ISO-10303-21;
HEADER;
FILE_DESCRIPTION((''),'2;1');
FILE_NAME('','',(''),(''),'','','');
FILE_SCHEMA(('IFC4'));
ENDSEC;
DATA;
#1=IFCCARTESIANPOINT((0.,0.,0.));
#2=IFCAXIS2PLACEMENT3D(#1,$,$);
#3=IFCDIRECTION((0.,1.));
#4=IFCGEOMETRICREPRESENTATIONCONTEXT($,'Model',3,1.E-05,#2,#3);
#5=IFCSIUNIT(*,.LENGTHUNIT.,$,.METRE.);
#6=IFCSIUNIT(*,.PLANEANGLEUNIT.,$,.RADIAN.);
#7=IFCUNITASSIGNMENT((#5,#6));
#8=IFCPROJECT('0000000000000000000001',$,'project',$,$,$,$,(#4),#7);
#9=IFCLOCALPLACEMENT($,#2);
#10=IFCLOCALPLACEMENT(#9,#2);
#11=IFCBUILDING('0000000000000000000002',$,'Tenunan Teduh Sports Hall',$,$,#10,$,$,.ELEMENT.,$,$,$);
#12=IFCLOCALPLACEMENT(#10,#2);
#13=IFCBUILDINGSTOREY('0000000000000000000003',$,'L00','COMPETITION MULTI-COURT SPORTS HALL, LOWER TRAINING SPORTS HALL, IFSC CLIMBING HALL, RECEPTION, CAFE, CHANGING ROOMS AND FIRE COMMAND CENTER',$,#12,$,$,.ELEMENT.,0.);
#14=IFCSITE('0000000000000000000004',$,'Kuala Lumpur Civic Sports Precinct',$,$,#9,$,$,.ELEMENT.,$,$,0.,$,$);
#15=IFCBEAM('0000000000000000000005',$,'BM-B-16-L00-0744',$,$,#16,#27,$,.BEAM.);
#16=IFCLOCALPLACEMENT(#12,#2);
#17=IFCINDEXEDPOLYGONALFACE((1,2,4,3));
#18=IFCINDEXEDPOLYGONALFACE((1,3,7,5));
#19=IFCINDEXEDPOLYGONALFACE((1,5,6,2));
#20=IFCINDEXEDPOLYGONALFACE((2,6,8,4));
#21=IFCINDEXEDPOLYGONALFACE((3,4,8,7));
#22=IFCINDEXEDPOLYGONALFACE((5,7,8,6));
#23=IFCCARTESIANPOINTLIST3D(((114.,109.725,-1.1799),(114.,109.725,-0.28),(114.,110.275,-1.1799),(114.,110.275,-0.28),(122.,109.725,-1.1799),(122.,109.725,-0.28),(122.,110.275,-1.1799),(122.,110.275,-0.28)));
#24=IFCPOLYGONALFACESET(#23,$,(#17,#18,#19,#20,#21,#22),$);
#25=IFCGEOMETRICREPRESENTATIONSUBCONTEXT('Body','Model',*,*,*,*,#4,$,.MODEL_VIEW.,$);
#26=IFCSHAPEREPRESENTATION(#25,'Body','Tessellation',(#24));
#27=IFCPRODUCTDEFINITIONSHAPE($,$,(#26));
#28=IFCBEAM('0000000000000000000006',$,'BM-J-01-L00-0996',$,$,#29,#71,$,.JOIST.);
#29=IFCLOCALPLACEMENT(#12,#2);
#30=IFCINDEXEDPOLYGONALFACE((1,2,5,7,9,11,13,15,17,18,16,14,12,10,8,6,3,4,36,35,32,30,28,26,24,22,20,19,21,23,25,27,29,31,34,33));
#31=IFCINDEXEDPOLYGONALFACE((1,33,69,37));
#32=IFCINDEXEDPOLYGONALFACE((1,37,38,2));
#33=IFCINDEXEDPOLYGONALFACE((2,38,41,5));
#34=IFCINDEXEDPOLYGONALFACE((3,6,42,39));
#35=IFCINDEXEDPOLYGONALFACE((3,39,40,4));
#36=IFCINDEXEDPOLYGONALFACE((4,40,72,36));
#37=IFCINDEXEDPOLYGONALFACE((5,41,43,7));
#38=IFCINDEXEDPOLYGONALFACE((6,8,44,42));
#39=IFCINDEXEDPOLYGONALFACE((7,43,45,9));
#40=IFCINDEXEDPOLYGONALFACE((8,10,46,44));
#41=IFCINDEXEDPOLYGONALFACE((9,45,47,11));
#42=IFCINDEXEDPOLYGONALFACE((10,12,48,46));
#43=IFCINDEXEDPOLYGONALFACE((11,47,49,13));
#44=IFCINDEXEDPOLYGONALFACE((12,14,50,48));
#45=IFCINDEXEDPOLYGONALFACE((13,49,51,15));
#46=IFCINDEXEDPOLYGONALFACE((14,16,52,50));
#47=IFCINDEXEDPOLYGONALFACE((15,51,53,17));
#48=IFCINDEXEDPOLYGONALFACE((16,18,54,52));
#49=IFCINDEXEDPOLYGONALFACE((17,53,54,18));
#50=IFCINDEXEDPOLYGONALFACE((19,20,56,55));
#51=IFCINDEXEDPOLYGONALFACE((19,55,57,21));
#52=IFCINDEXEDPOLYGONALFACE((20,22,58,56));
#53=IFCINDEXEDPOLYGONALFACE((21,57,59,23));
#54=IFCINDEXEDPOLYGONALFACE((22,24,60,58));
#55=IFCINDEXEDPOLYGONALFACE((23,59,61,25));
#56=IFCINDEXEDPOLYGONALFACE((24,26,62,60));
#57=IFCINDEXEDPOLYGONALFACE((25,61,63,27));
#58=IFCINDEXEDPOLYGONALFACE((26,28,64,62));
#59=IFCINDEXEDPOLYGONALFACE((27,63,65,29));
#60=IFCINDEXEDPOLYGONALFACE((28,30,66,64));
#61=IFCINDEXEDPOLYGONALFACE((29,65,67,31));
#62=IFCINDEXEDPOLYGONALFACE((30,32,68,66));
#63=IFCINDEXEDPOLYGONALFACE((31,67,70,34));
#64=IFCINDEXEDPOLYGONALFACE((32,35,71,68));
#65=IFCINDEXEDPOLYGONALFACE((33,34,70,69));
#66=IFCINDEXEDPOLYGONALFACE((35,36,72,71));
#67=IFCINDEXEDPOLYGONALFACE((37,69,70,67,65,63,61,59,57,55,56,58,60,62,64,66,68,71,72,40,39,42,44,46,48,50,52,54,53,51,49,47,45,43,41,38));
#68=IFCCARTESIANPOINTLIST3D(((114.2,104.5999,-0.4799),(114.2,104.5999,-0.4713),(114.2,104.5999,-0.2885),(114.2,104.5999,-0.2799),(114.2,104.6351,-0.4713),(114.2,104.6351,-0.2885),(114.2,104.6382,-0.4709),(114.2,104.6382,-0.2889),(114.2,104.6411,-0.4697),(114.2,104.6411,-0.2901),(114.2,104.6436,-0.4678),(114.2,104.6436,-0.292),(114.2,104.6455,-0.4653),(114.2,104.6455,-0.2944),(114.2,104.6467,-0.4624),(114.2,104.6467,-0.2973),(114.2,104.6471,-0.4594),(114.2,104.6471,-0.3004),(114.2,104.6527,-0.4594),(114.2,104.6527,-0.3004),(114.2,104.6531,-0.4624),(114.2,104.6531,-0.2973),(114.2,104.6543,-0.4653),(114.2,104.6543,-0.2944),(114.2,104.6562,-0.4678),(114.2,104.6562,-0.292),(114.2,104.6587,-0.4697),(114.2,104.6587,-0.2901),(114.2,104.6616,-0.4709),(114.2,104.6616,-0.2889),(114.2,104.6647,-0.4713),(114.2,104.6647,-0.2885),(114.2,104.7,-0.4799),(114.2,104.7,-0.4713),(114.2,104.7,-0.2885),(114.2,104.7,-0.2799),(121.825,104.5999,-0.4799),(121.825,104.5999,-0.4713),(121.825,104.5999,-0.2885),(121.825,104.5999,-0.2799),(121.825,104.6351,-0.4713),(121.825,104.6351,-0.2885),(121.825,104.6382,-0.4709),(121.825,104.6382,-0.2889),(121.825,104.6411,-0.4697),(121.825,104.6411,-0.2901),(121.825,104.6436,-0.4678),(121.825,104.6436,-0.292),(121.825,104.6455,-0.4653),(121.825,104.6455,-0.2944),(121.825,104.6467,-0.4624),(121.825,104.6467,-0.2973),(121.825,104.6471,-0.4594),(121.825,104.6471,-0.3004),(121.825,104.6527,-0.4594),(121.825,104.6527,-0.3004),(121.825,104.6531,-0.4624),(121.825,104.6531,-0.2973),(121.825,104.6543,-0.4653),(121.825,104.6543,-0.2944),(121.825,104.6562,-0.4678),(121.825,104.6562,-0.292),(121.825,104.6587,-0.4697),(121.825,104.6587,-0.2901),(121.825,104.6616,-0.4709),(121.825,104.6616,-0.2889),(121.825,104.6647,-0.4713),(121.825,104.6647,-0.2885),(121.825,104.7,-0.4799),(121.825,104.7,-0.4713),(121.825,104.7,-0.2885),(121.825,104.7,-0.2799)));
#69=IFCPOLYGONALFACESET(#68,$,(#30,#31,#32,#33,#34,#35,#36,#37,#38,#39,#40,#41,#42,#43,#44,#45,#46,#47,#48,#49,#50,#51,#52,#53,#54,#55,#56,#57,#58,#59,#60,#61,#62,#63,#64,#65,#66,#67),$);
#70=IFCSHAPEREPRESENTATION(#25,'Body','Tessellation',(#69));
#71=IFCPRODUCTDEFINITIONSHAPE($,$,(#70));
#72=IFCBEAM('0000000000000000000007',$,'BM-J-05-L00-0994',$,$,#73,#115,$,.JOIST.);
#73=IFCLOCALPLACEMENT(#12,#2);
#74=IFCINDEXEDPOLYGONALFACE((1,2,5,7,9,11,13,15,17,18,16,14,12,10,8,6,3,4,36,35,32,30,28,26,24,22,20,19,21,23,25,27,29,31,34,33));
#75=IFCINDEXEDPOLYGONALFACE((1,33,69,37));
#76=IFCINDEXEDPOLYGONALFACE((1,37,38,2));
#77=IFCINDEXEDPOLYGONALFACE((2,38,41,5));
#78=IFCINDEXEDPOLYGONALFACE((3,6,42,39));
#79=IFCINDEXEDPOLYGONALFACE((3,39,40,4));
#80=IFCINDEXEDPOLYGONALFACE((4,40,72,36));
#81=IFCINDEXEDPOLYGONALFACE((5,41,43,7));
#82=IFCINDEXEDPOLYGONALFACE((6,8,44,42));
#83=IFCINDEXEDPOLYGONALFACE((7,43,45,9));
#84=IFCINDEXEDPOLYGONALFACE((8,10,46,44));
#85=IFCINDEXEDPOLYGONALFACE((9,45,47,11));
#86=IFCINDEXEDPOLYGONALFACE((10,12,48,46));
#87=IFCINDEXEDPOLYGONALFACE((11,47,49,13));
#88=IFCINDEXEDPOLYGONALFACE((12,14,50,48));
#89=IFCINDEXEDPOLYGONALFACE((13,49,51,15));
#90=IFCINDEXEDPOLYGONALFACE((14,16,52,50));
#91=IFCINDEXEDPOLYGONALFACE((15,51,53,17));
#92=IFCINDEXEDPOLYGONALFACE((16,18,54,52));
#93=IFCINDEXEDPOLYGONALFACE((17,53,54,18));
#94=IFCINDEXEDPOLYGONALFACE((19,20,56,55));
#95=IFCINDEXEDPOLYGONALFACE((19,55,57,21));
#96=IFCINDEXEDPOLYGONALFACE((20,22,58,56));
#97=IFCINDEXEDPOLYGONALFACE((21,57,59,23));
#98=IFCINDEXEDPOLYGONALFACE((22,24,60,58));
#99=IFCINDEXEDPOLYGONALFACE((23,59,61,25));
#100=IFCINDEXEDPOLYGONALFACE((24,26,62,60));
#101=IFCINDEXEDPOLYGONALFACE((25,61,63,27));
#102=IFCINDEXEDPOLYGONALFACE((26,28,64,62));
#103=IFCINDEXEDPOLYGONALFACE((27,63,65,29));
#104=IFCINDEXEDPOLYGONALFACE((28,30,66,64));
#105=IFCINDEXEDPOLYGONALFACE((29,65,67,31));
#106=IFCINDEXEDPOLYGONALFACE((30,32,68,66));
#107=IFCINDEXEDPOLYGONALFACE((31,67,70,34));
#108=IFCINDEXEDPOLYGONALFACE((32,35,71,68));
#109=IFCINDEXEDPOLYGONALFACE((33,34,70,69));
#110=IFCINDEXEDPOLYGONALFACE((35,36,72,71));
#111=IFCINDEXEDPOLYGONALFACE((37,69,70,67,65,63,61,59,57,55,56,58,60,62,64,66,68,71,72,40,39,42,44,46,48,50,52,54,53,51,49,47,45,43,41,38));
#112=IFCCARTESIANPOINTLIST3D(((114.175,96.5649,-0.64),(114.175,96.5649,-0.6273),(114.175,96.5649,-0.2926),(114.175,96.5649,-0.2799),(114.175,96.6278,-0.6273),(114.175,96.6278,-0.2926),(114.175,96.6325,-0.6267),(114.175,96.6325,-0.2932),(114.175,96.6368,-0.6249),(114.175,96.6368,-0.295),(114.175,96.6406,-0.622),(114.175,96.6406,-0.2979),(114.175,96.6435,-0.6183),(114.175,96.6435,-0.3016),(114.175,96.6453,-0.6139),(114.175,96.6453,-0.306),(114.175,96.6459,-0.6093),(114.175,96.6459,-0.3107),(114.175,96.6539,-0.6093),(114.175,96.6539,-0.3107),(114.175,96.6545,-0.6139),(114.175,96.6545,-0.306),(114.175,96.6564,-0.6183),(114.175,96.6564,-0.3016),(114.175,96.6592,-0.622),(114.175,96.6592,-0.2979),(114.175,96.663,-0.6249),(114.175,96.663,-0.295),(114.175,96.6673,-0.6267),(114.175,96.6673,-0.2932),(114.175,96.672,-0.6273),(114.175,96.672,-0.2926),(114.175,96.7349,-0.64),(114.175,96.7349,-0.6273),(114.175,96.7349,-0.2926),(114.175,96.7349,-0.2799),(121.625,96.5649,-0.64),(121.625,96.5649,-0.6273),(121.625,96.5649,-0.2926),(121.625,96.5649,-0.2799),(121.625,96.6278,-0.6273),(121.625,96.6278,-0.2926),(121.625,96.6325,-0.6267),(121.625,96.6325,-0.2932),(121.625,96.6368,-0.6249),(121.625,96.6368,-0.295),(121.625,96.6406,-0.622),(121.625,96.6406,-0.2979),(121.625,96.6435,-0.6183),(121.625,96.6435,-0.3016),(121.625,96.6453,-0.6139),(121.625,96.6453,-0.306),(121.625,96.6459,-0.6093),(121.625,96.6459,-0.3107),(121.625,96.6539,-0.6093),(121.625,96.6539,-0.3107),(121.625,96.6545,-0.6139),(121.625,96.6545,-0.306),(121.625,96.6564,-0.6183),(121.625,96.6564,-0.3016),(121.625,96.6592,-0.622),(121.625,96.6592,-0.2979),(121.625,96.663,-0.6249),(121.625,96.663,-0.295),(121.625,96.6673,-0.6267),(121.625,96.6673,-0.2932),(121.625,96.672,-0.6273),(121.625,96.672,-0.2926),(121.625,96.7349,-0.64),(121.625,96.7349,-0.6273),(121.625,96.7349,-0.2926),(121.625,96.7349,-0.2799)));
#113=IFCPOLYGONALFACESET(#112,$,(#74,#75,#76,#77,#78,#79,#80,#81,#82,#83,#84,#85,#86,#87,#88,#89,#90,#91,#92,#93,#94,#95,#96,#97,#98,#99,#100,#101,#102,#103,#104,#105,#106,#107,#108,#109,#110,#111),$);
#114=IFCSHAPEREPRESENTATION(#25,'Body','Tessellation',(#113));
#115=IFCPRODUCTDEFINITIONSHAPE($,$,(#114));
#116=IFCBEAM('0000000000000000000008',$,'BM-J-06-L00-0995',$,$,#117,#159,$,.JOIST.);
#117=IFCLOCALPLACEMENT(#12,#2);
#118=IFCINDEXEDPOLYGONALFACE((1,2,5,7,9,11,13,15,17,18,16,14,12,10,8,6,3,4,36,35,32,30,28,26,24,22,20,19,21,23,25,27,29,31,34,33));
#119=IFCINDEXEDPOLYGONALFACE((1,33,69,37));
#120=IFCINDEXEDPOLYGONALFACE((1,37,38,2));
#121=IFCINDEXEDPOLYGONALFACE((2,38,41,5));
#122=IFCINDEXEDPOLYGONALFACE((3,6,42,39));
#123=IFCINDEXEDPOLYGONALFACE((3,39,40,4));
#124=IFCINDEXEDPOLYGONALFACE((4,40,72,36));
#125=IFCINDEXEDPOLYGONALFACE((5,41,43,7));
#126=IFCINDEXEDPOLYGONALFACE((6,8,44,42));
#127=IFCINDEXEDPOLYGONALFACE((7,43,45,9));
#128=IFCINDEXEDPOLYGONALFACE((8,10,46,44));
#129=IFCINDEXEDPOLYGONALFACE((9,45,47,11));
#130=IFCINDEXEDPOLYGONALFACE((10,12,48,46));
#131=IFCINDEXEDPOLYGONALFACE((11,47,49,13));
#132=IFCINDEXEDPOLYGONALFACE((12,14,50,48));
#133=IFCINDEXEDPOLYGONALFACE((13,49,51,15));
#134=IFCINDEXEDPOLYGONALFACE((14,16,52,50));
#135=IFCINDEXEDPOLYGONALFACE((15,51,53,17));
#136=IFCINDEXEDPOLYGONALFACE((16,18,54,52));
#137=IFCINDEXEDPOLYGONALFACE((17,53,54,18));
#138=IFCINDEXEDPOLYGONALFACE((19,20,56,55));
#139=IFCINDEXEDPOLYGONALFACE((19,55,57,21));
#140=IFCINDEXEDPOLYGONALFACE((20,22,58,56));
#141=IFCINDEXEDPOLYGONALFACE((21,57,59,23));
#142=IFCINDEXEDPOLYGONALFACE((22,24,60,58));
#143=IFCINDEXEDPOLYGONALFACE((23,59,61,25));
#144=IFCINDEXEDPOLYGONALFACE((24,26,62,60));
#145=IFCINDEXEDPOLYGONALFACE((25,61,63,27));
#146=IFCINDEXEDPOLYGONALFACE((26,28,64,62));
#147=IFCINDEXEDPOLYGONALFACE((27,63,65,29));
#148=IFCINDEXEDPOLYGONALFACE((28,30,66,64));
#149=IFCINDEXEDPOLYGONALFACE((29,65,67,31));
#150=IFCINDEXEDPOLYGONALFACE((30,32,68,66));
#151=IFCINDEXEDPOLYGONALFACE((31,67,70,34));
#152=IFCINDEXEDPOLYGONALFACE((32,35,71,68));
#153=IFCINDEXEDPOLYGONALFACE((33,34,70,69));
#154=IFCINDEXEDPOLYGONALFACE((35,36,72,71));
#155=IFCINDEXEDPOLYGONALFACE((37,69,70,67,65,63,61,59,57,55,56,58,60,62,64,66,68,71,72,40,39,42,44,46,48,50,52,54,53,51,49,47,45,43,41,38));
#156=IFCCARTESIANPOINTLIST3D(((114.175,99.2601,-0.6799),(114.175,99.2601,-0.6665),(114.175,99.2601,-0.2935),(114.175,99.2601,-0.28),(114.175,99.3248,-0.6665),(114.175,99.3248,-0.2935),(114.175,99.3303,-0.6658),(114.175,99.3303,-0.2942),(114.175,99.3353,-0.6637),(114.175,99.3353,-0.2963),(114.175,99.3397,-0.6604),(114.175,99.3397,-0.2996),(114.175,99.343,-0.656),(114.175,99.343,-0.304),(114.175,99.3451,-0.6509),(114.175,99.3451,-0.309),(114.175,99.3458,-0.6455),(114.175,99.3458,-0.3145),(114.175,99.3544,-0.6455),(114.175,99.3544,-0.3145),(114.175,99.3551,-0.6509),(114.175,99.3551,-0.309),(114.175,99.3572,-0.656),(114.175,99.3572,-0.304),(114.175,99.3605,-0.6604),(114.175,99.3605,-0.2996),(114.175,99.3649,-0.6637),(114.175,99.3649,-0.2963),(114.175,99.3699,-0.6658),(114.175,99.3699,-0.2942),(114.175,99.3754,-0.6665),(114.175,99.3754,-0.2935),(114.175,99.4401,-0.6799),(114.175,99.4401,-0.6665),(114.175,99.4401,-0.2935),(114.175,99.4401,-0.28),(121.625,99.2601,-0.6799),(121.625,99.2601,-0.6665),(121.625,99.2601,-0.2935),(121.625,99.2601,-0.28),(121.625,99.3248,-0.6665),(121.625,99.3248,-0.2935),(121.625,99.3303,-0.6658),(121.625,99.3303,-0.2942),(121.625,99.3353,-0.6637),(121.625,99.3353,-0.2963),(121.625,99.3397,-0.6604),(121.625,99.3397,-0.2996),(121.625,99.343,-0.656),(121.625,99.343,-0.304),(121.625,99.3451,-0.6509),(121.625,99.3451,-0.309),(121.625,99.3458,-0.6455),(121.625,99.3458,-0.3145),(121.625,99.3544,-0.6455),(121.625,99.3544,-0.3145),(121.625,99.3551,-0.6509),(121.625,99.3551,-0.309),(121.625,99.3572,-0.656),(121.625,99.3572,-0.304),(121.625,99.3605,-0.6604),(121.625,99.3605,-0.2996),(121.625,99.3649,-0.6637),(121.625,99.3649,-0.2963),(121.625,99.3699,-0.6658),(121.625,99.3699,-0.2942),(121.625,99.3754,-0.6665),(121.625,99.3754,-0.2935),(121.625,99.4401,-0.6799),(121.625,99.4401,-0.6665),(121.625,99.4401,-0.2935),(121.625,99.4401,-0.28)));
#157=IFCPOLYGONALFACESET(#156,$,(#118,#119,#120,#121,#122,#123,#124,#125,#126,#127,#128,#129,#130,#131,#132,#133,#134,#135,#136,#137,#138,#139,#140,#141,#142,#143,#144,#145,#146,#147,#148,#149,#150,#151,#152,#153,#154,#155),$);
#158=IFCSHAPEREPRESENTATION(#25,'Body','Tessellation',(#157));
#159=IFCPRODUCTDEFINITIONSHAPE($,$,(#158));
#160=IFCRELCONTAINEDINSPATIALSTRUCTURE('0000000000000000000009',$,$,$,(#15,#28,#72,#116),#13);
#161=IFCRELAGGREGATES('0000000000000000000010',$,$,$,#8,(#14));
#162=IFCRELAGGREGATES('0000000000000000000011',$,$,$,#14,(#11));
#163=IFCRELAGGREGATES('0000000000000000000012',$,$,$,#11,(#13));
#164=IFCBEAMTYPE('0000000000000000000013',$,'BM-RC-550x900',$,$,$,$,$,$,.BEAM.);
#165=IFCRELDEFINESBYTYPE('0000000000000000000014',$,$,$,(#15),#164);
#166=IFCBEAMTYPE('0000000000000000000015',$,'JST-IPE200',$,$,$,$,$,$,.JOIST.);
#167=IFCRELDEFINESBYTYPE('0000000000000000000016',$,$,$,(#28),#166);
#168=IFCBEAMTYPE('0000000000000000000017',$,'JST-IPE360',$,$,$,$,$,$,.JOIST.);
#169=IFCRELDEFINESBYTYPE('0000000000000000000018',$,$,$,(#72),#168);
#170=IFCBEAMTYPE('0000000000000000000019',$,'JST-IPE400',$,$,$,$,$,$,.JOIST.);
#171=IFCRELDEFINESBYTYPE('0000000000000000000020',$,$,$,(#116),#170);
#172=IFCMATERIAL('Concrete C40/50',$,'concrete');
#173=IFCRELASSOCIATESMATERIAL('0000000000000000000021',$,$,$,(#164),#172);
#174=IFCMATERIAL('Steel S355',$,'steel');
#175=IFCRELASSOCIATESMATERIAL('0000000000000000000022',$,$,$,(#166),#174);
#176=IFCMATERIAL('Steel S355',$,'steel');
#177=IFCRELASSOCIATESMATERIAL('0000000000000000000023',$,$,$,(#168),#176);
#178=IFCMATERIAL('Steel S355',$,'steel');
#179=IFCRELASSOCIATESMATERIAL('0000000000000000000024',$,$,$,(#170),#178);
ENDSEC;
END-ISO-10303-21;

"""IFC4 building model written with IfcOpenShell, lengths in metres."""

from ifc_helpers import new_model, si_unit, direction, frame, origin, origin_2d, place, context, subcontext, project, spatial, rectangle, i_section, extrude, material, material_profile, profile_set, type_object, element, save


model = new_model("IFC4")

# Units and contexts
model_context = context("Model", 3, precision=1e-05, world=origin(), true_north=direction((0.0, 1.0)))
body_context = subcontext(model_context, "Body", "Model", "MODEL_VIEW")
ifc_project = project(units=[si_unit("LENGTHUNIT", "METRE"), si_unit("PLANEANGLEUNIT", "RADIAN")], contexts=[model_context])

# Site, building, storey
site_placement = place(None, origin())
site = spatial("IfcSite", under=ifc_project, at=site_placement, Name="Kuala Lumpur Civic Sports Precinct", CompositionType="ELEMENT", RefElevation=0.0)
building_placement = place(site_placement, origin())
building = spatial("IfcBuilding", under=site, at=building_placement, Name="Tenunan Teduh Sports Hall", CompositionType="ELEMENT")
storey_placement = place(building_placement, origin())
storey = spatial("IfcBuildingStorey", under=building, at=storey_placement, Name="L00", Description="COMPETITION MULTI-COURT SPORTS HALL, LOWER TRAINING SPORTS HALL, IFSC CLIMBING HALL, RECEPTION, CAFE, CHANGING ROOMS AND FIRE COMMAND CENTER", CompositionType="ELEMENT", Elevation=0.0)

# Beams
ifc_material_1 = material(Name="Concrete C40/50", Category="concrete")
ifc_material_profile_1 = material_profile(ifc_material_1, rectangle(XDim=0.55, YDim=0.8999, at=origin_2d()), Name="RCB 550x900")
ifc_profile_set_1 = profile_set([ifc_material_profile_1], Name="Concrete C40/50")
beam_type_1 = type_object("IfcBeamType", Name="BM-RC-550x900", PredefinedType="BEAM", material=ifc_profile_set_1)
beam_1_placement = place(storey_placement, frame((114.0, 110.0, -0.73), z_axis=(1.0, 0.0, 0.0), x_axis=(0.0, 1.0, 0.0)))
element("IfcBeam", 1, at=beam_1_placement, inside=storey, type_object=beam_type_1, Name="BM-B-16-L00-0744", PredefinedType="BEAM", context=body_context, shape_type="SweptSolid", body=[
    extrude(rectangle(XDim=0.55, YDim=0.8999, at=origin_2d()), origin(), (0.0, 0.0, 1.0), 8.0),
])
ifc_material_2 = material(Name="Steel S355", Category="steel")
ifc_material_profile_2 = material_profile(ifc_material_2, i_section(OverallWidth=0.1001, OverallDepth=0.2, WebThickness=0.0056, FlangeThickness=0.0085, FilletRadius=0.012, at=origin_2d()), Name="IPE 200")
ifc_profile_set_2 = profile_set([ifc_material_profile_2], Name="Steel S355")
beam_type_2 = type_object("IfcBeamType", Name="JST-IPE200", PredefinedType="JOIST", material=ifc_profile_set_2)
beam_2_placement = place(storey_placement, frame((114.2, 104.6499, -0.3799), z_axis=(1.0, 0.0, 0.0), x_axis=(0.0, 1.0, 0.0)))
element("IfcBeam", 2, at=beam_2_placement, inside=storey, type_object=beam_type_2, Name="BM-J-01-L00-0996", PredefinedType="JOIST", context=body_context, shape_type="SweptSolid", body=[
    extrude(i_section(OverallWidth=0.1001, OverallDepth=0.2, WebThickness=0.0056, FlangeThickness=0.0085, FilletRadius=0.012, at=origin_2d()), origin(), (0.0, 0.0, 1.0), 7.625),
])
ifc_material_3 = material(Name="Steel S355", Category="steel")
ifc_material_profile_3 = material_profile(ifc_material_3, i_section(OverallWidth=0.1699, OverallDepth=0.3601, WebThickness=0.0081, FlangeThickness=0.0127, FilletRadius=0.0181, at=origin_2d()), Name="IPE 360")
ifc_profile_set_3 = profile_set([ifc_material_profile_3], Name="Steel S355")
beam_type_3 = type_object("IfcBeamType", Name="JST-IPE360", PredefinedType="JOIST", material=ifc_profile_set_3)
beam_3_placement = place(storey_placement, frame((114.175, 96.6499, -0.46), z_axis=(1.0, 0.0, 0.0), x_axis=(0.0, 1.0, 0.0)))
element("IfcBeam", 3, at=beam_3_placement, inside=storey, type_object=beam_type_3, Name="BM-J-05-L00-0994", PredefinedType="JOIST", context=body_context, shape_type="SweptSolid", body=[
    extrude(i_section(OverallWidth=0.1699, OverallDepth=0.3601, WebThickness=0.0081, FlangeThickness=0.0127, FilletRadius=0.0181, at=origin_2d()), origin(), (0.0, 0.0, 1.0), 7.45),
])
ifc_material_4 = material(Name="Steel S355", Category="steel")
ifc_material_profile_4 = material_profile(ifc_material_4, i_section(OverallWidth=0.1799, OverallDepth=0.3999, WebThickness=0.0085, FlangeThickness=0.0134, FilletRadius=0.021, at=origin_2d()), Name="IPE 400")
ifc_profile_set_4 = profile_set([ifc_material_profile_4], Name="Steel S355")
beam_type_4 = type_object("IfcBeamType", Name="JST-IPE400", PredefinedType="JOIST", material=ifc_profile_set_4)
beam_4_placement = place(storey_placement, frame((114.175, 99.3501, -0.48), z_axis=(1.0, 0.0, 0.0), x_axis=(0.0, 1.0, 0.0)))
element("IfcBeam", 4, at=beam_4_placement, inside=storey, type_object=beam_type_4, Name="BM-J-06-L00-0995", PredefinedType="JOIST", context=body_context, shape_type="SweptSolid", body=[
    extrude(i_section(OverallWidth=0.1799, OverallDepth=0.3999, WebThickness=0.0085, FlangeThickness=0.0134, FilletRadius=0.021, at=origin_2d()), origin(), (0.0, 0.0, 1.0), 7.45),
])

save(model, "model.ifc")
